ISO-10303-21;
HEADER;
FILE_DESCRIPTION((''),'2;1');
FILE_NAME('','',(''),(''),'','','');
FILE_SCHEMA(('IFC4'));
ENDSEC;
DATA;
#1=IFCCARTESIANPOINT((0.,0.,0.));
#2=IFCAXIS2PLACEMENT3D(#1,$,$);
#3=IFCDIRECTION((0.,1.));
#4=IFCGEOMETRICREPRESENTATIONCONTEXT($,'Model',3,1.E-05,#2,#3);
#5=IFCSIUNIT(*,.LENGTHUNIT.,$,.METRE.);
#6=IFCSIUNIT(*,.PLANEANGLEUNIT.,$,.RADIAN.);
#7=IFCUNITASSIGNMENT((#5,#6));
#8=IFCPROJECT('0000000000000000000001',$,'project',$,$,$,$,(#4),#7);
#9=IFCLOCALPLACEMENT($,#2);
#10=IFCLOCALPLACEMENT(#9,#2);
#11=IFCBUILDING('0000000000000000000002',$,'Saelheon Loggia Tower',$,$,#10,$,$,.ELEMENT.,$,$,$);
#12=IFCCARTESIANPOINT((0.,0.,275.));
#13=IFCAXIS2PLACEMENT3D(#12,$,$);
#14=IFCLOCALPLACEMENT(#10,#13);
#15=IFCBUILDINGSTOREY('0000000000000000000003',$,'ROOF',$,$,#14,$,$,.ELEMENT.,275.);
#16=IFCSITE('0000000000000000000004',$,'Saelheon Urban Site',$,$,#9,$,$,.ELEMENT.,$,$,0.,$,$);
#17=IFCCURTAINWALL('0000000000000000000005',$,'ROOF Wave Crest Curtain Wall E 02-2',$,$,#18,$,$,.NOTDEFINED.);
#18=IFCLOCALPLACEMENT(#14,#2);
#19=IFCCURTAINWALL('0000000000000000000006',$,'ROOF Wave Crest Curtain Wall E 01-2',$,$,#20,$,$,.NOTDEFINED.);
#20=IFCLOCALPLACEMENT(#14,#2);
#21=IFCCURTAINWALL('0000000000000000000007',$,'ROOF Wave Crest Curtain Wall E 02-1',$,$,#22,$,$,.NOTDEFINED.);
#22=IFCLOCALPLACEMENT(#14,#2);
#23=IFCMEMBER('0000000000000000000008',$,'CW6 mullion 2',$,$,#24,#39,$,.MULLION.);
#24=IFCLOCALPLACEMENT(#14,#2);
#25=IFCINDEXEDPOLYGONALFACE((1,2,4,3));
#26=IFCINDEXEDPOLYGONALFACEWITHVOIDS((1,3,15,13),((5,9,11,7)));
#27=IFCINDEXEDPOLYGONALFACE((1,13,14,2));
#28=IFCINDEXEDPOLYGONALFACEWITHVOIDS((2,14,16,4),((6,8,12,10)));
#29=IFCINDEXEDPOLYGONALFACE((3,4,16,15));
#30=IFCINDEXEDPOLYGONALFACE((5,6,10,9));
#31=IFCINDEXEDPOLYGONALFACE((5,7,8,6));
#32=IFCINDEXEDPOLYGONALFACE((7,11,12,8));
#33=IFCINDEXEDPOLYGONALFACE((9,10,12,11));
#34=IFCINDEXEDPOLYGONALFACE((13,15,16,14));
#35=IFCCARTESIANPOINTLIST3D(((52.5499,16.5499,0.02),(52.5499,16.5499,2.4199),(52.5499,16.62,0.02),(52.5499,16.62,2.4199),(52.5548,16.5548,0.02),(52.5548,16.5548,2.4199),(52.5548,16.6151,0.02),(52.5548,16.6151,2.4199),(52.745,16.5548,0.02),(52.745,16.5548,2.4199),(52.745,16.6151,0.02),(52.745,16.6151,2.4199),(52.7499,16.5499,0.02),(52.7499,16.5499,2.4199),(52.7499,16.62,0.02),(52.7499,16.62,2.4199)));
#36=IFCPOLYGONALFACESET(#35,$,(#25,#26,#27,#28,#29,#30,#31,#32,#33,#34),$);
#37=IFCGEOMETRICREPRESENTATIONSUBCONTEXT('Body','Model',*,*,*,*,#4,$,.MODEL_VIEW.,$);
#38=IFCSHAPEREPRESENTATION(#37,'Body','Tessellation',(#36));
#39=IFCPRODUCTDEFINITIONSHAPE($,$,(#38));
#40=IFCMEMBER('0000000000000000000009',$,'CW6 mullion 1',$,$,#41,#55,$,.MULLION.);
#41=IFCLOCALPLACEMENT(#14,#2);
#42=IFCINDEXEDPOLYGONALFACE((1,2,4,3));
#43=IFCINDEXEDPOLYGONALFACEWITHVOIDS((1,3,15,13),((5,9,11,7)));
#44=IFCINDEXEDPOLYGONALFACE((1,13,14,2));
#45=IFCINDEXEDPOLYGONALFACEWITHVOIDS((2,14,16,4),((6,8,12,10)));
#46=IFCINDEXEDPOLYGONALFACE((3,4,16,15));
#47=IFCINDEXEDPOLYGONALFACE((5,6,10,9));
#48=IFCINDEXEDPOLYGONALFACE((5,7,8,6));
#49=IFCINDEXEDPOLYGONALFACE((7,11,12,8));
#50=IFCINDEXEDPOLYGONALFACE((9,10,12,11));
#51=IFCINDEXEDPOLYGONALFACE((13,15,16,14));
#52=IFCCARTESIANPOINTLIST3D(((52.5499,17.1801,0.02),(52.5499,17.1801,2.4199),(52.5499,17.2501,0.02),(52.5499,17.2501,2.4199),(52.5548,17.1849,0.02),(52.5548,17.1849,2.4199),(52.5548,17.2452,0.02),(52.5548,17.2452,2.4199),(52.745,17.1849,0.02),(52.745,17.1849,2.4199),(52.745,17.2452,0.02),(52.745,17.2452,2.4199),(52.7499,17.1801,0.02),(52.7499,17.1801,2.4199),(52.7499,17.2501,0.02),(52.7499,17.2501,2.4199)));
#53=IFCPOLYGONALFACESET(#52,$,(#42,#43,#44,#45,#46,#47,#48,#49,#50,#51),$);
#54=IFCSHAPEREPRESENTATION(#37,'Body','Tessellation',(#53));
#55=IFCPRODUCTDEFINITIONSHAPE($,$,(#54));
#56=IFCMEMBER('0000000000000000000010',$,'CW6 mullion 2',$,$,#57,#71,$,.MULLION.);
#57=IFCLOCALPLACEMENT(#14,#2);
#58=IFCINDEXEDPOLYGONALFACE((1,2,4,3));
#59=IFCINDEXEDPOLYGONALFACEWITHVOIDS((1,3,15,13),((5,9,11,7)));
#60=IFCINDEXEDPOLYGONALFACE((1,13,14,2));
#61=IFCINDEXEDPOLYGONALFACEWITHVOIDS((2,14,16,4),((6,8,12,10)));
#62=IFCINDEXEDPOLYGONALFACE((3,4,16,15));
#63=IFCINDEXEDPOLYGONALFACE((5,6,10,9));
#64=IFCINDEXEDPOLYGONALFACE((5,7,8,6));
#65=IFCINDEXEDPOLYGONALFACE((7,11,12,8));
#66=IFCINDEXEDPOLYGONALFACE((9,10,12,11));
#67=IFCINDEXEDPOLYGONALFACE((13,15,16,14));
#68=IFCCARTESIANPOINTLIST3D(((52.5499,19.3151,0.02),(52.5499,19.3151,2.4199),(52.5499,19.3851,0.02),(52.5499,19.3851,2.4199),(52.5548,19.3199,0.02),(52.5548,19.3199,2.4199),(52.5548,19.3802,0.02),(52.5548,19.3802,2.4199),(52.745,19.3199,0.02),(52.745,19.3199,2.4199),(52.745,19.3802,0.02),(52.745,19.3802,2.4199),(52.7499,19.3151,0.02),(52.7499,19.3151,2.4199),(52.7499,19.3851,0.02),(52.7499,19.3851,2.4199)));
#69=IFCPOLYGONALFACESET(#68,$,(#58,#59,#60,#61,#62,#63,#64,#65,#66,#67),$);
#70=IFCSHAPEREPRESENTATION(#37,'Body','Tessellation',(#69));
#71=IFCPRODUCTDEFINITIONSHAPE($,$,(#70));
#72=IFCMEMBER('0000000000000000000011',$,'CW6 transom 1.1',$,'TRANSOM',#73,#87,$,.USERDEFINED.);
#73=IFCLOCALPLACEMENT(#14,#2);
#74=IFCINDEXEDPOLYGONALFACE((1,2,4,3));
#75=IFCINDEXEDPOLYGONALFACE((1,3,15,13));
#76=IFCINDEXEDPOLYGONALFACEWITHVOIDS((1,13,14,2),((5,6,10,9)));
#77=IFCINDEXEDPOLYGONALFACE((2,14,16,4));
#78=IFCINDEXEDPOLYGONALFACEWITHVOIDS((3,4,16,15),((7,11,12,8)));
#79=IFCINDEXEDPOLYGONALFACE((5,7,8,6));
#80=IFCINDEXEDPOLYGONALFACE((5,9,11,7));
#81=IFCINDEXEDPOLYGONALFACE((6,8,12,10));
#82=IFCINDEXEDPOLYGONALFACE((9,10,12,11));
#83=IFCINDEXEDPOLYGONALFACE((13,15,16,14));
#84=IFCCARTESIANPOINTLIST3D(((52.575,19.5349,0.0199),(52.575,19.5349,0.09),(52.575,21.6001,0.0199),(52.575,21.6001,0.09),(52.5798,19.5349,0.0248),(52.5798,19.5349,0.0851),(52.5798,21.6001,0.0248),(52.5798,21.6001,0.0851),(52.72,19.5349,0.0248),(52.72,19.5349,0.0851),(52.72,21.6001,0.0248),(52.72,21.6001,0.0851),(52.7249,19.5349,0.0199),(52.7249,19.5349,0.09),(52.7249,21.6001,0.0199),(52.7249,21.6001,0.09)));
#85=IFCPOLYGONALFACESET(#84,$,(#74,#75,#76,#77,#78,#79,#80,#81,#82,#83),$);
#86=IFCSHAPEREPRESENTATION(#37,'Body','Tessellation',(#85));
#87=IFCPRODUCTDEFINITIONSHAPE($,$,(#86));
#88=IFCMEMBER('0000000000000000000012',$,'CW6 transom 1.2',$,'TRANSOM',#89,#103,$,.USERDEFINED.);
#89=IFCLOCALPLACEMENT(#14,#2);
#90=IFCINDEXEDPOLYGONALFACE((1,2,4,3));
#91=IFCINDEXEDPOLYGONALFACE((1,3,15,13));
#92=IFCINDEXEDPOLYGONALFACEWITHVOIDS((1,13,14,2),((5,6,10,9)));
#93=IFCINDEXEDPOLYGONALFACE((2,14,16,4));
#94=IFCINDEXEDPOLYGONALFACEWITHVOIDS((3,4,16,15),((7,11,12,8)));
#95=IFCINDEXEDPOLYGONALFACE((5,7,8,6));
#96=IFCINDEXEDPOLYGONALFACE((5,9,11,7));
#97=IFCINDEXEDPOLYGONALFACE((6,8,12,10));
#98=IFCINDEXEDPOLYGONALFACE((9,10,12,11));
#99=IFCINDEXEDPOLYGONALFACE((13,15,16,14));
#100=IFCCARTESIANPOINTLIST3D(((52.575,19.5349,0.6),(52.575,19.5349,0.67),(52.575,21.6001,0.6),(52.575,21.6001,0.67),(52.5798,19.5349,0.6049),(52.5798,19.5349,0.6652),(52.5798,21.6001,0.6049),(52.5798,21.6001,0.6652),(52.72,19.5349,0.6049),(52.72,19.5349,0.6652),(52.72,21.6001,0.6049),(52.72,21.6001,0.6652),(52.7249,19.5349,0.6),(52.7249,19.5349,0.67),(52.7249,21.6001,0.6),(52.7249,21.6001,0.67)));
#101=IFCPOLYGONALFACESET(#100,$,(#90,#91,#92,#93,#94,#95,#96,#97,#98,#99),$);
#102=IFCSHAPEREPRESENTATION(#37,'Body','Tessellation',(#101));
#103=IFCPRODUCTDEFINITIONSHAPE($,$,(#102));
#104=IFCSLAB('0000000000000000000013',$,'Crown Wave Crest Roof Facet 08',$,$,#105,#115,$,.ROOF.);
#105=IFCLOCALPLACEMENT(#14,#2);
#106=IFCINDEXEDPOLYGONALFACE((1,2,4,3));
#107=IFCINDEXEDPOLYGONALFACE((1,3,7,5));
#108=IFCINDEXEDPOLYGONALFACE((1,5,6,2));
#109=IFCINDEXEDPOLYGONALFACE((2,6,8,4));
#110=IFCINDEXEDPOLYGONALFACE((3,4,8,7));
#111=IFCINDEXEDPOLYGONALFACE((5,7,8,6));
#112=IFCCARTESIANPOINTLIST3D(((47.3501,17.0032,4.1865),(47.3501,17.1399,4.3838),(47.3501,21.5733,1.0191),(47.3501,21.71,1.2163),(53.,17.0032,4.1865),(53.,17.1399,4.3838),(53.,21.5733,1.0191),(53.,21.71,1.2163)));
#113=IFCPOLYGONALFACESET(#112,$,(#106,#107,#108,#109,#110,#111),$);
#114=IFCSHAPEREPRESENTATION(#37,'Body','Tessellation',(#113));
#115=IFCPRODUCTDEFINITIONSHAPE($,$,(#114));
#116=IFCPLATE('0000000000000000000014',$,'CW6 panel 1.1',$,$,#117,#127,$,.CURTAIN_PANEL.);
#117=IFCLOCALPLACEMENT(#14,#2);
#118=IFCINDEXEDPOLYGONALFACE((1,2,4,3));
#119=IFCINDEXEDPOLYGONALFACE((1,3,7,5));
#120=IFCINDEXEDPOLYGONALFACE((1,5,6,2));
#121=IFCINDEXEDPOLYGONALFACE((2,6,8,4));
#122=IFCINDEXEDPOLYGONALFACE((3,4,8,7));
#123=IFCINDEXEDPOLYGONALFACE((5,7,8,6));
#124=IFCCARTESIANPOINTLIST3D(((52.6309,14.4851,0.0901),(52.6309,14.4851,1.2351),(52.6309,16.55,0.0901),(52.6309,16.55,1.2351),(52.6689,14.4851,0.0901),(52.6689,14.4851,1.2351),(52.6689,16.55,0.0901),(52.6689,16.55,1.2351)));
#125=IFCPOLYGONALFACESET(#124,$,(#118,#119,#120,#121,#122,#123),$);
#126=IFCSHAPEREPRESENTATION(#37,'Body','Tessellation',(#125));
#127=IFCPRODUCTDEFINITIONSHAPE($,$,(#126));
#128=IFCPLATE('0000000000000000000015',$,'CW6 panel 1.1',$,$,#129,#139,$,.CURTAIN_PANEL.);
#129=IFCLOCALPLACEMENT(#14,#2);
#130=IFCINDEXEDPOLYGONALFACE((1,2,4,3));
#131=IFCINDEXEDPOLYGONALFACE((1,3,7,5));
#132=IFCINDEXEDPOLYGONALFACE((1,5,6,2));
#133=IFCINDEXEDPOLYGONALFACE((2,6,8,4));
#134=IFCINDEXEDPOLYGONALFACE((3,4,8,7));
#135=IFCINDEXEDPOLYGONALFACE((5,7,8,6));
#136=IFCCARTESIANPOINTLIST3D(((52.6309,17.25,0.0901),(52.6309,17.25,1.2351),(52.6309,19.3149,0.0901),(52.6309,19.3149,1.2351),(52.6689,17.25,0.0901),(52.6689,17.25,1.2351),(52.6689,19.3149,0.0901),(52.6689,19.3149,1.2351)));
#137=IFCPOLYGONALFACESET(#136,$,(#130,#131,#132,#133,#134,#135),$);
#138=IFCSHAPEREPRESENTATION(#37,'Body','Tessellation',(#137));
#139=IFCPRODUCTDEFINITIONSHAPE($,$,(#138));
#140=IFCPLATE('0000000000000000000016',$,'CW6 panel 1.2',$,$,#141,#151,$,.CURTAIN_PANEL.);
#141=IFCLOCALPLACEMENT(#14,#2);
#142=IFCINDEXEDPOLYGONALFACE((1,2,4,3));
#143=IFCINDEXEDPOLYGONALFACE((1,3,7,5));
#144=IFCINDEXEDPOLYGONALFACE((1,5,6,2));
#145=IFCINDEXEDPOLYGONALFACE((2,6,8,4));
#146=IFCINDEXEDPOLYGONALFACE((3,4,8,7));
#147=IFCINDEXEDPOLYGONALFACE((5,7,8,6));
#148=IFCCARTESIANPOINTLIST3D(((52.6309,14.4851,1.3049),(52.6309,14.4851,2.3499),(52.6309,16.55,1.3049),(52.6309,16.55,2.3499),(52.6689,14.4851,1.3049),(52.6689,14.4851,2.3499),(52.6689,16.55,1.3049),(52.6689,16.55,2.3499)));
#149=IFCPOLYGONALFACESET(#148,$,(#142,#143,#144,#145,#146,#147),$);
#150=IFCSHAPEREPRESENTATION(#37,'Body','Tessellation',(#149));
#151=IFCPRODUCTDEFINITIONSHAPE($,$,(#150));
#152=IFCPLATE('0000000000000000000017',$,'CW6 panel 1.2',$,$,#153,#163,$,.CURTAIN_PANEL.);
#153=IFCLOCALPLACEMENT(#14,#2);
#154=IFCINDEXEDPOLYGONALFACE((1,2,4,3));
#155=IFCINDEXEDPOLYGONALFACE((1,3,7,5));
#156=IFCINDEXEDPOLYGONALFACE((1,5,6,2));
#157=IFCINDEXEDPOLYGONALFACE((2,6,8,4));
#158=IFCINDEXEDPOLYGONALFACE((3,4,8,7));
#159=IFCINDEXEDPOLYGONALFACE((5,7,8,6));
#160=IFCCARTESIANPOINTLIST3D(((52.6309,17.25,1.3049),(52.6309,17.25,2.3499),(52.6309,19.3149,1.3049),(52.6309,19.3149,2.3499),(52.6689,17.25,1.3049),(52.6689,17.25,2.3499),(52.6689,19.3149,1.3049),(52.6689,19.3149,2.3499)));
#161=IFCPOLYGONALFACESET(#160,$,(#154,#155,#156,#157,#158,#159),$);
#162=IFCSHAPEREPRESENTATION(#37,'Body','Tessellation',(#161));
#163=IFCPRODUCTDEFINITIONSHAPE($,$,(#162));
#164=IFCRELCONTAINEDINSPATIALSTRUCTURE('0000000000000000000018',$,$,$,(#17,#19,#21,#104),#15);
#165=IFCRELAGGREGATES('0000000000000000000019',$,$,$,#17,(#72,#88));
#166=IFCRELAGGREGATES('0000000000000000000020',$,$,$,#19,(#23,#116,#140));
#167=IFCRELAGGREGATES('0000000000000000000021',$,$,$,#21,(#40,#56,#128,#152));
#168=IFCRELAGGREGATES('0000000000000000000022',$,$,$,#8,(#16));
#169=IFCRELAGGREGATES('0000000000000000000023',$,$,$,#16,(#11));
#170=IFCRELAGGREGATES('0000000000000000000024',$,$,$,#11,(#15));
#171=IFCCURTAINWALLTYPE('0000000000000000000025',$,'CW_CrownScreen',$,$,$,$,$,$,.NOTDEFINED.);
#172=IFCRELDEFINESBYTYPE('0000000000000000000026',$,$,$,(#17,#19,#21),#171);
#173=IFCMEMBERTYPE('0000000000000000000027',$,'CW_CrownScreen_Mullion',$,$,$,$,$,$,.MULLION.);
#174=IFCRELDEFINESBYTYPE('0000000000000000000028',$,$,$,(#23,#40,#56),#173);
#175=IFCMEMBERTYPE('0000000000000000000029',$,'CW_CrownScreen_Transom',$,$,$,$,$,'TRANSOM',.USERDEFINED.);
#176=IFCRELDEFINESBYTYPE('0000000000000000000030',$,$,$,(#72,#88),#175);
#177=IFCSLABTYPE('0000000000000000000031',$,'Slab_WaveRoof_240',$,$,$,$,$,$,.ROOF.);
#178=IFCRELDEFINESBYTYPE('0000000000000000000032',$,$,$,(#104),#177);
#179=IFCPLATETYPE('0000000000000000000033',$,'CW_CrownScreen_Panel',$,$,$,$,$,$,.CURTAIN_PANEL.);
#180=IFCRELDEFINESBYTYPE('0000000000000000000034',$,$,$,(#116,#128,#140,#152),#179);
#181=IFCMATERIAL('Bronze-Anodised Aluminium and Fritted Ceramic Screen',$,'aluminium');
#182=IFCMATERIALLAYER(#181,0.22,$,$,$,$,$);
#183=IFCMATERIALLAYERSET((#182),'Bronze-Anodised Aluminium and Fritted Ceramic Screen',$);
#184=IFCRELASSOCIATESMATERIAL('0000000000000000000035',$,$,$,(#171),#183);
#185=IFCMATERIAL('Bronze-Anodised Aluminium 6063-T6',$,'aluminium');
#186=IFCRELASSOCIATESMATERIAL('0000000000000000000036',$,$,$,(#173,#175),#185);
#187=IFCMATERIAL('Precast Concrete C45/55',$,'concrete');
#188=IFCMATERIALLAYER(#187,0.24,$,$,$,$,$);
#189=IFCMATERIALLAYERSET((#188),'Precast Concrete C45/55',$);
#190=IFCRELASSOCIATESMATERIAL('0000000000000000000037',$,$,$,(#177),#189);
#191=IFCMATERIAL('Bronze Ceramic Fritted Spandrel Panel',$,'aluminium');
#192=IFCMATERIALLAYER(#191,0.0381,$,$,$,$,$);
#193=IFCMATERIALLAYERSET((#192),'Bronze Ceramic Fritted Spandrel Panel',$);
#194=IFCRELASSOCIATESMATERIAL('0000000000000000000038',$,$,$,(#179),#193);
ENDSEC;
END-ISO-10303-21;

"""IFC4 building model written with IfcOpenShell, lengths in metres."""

from ifc_helpers import new_model, si_unit, direction, frame, origin, origin_2d, place, context, subcontext, project, spatial, polyline, rectangle, hollow_rectangle, outline, extrude, source, transform, mapped, material, layer, layer_set, material_profile, profile_set, type_object, element, aggregate, save


model = new_model("IFC4")

# Units and contexts
model_context = context("Model", 3, precision=1e-05, world=origin(), true_north=direction((0.0, 1.0)))
body_context = subcontext(model_context, "Body", "Model", "MODEL_VIEW")
ifc_project = project(units=[si_unit("LENGTHUNIT", "METRE"), si_unit("PLANEANGLEUNIT", "RADIAN")], contexts=[model_context])

# Site, building, storey
site_placement = place(None, origin())
site = spatial("IfcSite", under=ifc_project, at=site_placement, Name="Saelheon Urban Site", CompositionType="ELEMENT", RefElevation=0.0)
building_placement = place(site_placement, origin())
building = spatial("IfcBuilding", under=site, at=building_placement, Name="Saelheon Loggia Tower", CompositionType="ELEMENT")
storey_placement = place(building_placement, frame((0.0, 0.0, 275.0)))
storey = spatial("IfcBuildingStorey", under=building, at=storey_placement, Name="ROOF", CompositionType="ELEMENT", Elevation=275.0)

# Curtain wall
ifc_material_1 = material(Name="Bronze-Anodised Aluminium and Fritted Ceramic Screen", Category="aluminium")
ifc_layer_1 = layer(ifc_material_1, 0.22)
ifc_layer_set_1 = layer_set([ifc_layer_1], Name="Bronze-Anodised Aluminium and Fritted Ceramic Screen")
curtain_wall_type = type_object("IfcCurtainWallType", Name="CW_CrownScreen", PredefinedType="NOTDEFINED", material=ifc_layer_set_1)
ifc_material_2 = material(Name="Bronze-Anodised Aluminium 6063-T6", Category="aluminium")
ifc_material_profile_1 = material_profile(ifc_material_2, hollow_rectangle(XDim=0.0701, YDim=0.2, WallThickness=0.0049, at=origin_2d()), Name="RHS-200x70x5")
ifc_profile_set_1 = profile_set([ifc_material_profile_1], Name="Bronze-Anodised Aluminium 6063-T6")
member_type_1 = type_object("IfcMemberType", Name="CW_CrownScreen_Mullion", PredefinedType="MULLION", material=ifc_profile_set_1)
curtain_wall_1_placement = place(storey_placement, origin())
curtain_wall_1 = element("IfcCurtainWall", 1, at=curtain_wall_1_placement, inside=storey, type_object=curtain_wall_type, Name="ROOF Wave Crest Curtain Wall E 02-2", PredefinedType="NOTDEFINED")

# Curtain walls
curtain_wall_2_placement = place(storey_placement, origin())
curtain_wall_2 = element("IfcCurtainWall", 2, at=curtain_wall_2_placement, inside=storey, type_object=curtain_wall_type, Name="ROOF Wave Crest Curtain Wall E 01-2", PredefinedType="NOTDEFINED")
ifc_material_profile_2 = material_profile(ifc_material_2, hollow_rectangle(XDim=0.0701, YDim=0.1499, WallThickness=0.0049, at=origin_2d()), Name="RHS-150x70x5")
ifc_profile_set_2 = profile_set([ifc_material_profile_2], Name="Bronze-Anodised Aluminium 6063-T6")
member_type_2 = type_object("IfcMemberType", Name="CW_CrownScreen_Transom", ElementType="TRANSOM", PredefinedType="USERDEFINED", material=ifc_profile_set_2)
curtain_wall_3_placement = place(storey_placement, origin())
curtain_wall_3 = element("IfcCurtainWall", 3, at=curtain_wall_3_placement, inside=storey, type_object=curtain_wall_type, Name="ROOF Wave Crest Curtain Wall E 02-1", PredefinedType="NOTDEFINED")

# Members
shared_shape_1 = source(origin(), body_context, "Body", "SweptSolid", [
    extrude(hollow_rectangle(XDim=0.0701, YDim=0.2, WallThickness=0.0049, at=origin_2d()), origin(), (0.0, 0.0, 1.0), 2.3999),
])
member_1_placement = place(storey_placement, frame((52.6499, 16.585, 0.02), z_axis=(0.0, 0.0, 1.0), x_axis=(0.0, 1.0, 0.0)))
member_1 = element("IfcMember", 4, at=member_1_placement, type_object=member_type_1, Name="CW6 mullion 2", PredefinedType="MULLION", context=body_context, shape_type="MappedRepresentation", body=[
    mapped(shared_shape_1, transform((0.0, 0.0, 0.0), scale=1.0)),
])
member_2_placement = place(storey_placement, frame((52.6499, 17.2151, 0.02), z_axis=(0.0, 0.0, 1.0), x_axis=(0.0, 1.0, 0.0)))
member_2 = element("IfcMember", 5, at=member_2_placement, type_object=member_type_1, Name="CW6 mullion 1", PredefinedType="MULLION", context=body_context, shape_type="MappedRepresentation", body=[
    mapped(shared_shape_1, transform((0.0, 0.0, 0.0), scale=1.0)),
])
member_3_placement = place(storey_placement, frame((52.6499, 19.3501, 0.02), z_axis=(0.0, 0.0, 1.0), x_axis=(0.0, 1.0, 0.0)))
member_3 = element("IfcMember", 6, at=member_3_placement, type_object=member_type_1, Name="CW6 mullion 2", PredefinedType="MULLION", context=body_context, shape_type="MappedRepresentation", body=[
    mapped(shared_shape_1, transform((0.0, 0.0, 0.0), scale=1.0)),
])
shared_shape_2 = source(origin(), body_context, "Body", "SweptSolid", [
    extrude(hollow_rectangle(XDim=0.0701, YDim=0.1499, WallThickness=0.0049, at=origin_2d()), origin(), (0.0, 0.0, 1.0), 2.0652),
])
member_4_placement = place(storey_placement, frame((52.6499, 19.5349, 0.0549), z_axis=(0.0, 1.0, 0.0), x_axis=(0.0, 0.0, 1.0)))
member_4 = element("IfcMember", 7, at=member_4_placement, type_object=member_type_2, Name="CW6 transom 1.1", ObjectType="TRANSOM", PredefinedType="USERDEFINED", context=body_context, shape_type="MappedRepresentation", body=[
    mapped(shared_shape_2, transform((0.0, 0.0, 0.0), scale=1.0)),
])
member_5_placement = place(storey_placement, frame((52.6499, 19.5349, 0.635), z_axis=(0.0, 1.0, 0.0), x_axis=(0.0, 0.0, 1.0)))
member_5 = element("IfcMember", 8, at=member_5_placement, type_object=member_type_2, Name="CW6 transom 1.2", ObjectType="TRANSOM", PredefinedType="USERDEFINED", context=body_context, shape_type="MappedRepresentation", body=[
    mapped(shared_shape_2, transform((0.0, 0.0, 0.0), scale=1.0)),
])
aggregate(curtain_wall_1, [member_4, member_5])

# Slab
ifc_material_3 = material(Name="Precast Concrete C45/55", Category="concrete")
ifc_layer_2 = layer(ifc_material_3, 0.24)
ifc_layer_set_2 = layer_set([ifc_layer_2], Name="Precast Concrete C45/55")
slab_type = type_object("IfcSlabType", Name="Slab_WaveRoof_240", PredefinedType="ROOF", material=ifc_layer_set_2)
slab_placement = place(storey_placement, frame((47.3501, 17.1399, 4.3838), z_axis=(0.0, 0.569646, 0.82189), x_axis=(1.0, 0.0, 0.0)))
element("IfcSlab", 9, at=slab_placement, inside=storey, type_object=slab_type, Name="Crown Wave Crest Roof Facet 08", PredefinedType="ROOF", context=body_context, shape_type="SweptSolid", body=[
    extrude(outline(polyline([(0.0, 0.0), (5.6499, 0.0), (5.6499, 5.5604), (0.0, 5.5604), (0.0, 0.0)])), origin(), (0.0, 0.0, -1.0), 0.24),
])

# Plates
ifc_material_4 = material(Name="Bronze Ceramic Fritted Spandrel Panel", Category="aluminium")
ifc_layer_3 = layer(ifc_material_4, 0.0381)
ifc_layer_set_3 = layer_set([ifc_layer_3], Name="Bronze Ceramic Fritted Spandrel Panel")
plate_type = type_object("IfcPlateType", Name="CW_CrownScreen_Panel", PredefinedType="CURTAIN_PANEL", material=ifc_layer_set_3)
shared_shape_3 = source(origin(), body_context, "Body", "SweptSolid", [
    extrude(rectangle(XDim=2.0649, YDim=0.0381, at=origin_2d()), origin(), (0.0, 0.0, 1.0), 1.145),
])
plate_1_placement = place(storey_placement, frame((52.6499, 15.5176, 0.0901), z_axis=(0.0, 0.0, 1.0), x_axis=(0.0, 1.0, 0.0)))
plate_1 = element("IfcPlate", 10, at=plate_1_placement, type_object=plate_type, Name="CW6 panel 1.1", PredefinedType="CURTAIN_PANEL", context=body_context, shape_type="MappedRepresentation", body=[
    mapped(shared_shape_3, transform((0.0, 0.0, 0.0), scale=1.0)),
])
plate_2_placement = place(storey_placement, frame((52.6499, 18.2825, 0.0901), z_axis=(0.0, 0.0, 1.0), x_axis=(0.0, 1.0, 0.0)))
plate_2 = element("IfcPlate", 11, at=plate_2_placement, type_object=plate_type, Name="CW6 panel 1.1", PredefinedType="CURTAIN_PANEL", context=body_context, shape_type="MappedRepresentation", body=[
    mapped(shared_shape_3, transform((0.0, 0.0, 0.0), scale=1.0)),
])
shared_shape_4 = source(origin(), body_context, "Body", "SweptSolid", [
    extrude(rectangle(XDim=2.0649, YDim=0.0381, at=origin_2d()), origin(), (0.0, 0.0, 1.0), 1.0449),
])
plate_3_placement = place(storey_placement, frame((52.6499, 15.5176, 1.3049), z_axis=(0.0, 0.0, 1.0), x_axis=(0.0, 1.0, 0.0)))
plate_3 = element("IfcPlate", 12, at=plate_3_placement, type_object=plate_type, Name="CW6 panel 1.2", PredefinedType="CURTAIN_PANEL", context=body_context, shape_type="MappedRepresentation", body=[
    mapped(shared_shape_4, transform((0.0, 0.0, 0.0), scale=1.0)),
])
aggregate(curtain_wall_2, [member_1, plate_1, plate_3])
plate_4_placement = place(storey_placement, frame((52.6499, 18.2825, 1.3049), z_axis=(0.0, 0.0, 1.0), x_axis=(0.0, 1.0, 0.0)))
plate_4 = element("IfcPlate", 13, at=plate_4_placement, type_object=plate_type, Name="CW6 panel 1.2", PredefinedType="CURTAIN_PANEL", context=body_context, shape_type="MappedRepresentation", body=[
    mapped(shared_shape_4, transform((0.0, 0.0, 0.0), scale=1.0)),
])
aggregate(curtain_wall_3, [member_2, member_3, plate_2, plate_4])

save(model, "model.ifc")
